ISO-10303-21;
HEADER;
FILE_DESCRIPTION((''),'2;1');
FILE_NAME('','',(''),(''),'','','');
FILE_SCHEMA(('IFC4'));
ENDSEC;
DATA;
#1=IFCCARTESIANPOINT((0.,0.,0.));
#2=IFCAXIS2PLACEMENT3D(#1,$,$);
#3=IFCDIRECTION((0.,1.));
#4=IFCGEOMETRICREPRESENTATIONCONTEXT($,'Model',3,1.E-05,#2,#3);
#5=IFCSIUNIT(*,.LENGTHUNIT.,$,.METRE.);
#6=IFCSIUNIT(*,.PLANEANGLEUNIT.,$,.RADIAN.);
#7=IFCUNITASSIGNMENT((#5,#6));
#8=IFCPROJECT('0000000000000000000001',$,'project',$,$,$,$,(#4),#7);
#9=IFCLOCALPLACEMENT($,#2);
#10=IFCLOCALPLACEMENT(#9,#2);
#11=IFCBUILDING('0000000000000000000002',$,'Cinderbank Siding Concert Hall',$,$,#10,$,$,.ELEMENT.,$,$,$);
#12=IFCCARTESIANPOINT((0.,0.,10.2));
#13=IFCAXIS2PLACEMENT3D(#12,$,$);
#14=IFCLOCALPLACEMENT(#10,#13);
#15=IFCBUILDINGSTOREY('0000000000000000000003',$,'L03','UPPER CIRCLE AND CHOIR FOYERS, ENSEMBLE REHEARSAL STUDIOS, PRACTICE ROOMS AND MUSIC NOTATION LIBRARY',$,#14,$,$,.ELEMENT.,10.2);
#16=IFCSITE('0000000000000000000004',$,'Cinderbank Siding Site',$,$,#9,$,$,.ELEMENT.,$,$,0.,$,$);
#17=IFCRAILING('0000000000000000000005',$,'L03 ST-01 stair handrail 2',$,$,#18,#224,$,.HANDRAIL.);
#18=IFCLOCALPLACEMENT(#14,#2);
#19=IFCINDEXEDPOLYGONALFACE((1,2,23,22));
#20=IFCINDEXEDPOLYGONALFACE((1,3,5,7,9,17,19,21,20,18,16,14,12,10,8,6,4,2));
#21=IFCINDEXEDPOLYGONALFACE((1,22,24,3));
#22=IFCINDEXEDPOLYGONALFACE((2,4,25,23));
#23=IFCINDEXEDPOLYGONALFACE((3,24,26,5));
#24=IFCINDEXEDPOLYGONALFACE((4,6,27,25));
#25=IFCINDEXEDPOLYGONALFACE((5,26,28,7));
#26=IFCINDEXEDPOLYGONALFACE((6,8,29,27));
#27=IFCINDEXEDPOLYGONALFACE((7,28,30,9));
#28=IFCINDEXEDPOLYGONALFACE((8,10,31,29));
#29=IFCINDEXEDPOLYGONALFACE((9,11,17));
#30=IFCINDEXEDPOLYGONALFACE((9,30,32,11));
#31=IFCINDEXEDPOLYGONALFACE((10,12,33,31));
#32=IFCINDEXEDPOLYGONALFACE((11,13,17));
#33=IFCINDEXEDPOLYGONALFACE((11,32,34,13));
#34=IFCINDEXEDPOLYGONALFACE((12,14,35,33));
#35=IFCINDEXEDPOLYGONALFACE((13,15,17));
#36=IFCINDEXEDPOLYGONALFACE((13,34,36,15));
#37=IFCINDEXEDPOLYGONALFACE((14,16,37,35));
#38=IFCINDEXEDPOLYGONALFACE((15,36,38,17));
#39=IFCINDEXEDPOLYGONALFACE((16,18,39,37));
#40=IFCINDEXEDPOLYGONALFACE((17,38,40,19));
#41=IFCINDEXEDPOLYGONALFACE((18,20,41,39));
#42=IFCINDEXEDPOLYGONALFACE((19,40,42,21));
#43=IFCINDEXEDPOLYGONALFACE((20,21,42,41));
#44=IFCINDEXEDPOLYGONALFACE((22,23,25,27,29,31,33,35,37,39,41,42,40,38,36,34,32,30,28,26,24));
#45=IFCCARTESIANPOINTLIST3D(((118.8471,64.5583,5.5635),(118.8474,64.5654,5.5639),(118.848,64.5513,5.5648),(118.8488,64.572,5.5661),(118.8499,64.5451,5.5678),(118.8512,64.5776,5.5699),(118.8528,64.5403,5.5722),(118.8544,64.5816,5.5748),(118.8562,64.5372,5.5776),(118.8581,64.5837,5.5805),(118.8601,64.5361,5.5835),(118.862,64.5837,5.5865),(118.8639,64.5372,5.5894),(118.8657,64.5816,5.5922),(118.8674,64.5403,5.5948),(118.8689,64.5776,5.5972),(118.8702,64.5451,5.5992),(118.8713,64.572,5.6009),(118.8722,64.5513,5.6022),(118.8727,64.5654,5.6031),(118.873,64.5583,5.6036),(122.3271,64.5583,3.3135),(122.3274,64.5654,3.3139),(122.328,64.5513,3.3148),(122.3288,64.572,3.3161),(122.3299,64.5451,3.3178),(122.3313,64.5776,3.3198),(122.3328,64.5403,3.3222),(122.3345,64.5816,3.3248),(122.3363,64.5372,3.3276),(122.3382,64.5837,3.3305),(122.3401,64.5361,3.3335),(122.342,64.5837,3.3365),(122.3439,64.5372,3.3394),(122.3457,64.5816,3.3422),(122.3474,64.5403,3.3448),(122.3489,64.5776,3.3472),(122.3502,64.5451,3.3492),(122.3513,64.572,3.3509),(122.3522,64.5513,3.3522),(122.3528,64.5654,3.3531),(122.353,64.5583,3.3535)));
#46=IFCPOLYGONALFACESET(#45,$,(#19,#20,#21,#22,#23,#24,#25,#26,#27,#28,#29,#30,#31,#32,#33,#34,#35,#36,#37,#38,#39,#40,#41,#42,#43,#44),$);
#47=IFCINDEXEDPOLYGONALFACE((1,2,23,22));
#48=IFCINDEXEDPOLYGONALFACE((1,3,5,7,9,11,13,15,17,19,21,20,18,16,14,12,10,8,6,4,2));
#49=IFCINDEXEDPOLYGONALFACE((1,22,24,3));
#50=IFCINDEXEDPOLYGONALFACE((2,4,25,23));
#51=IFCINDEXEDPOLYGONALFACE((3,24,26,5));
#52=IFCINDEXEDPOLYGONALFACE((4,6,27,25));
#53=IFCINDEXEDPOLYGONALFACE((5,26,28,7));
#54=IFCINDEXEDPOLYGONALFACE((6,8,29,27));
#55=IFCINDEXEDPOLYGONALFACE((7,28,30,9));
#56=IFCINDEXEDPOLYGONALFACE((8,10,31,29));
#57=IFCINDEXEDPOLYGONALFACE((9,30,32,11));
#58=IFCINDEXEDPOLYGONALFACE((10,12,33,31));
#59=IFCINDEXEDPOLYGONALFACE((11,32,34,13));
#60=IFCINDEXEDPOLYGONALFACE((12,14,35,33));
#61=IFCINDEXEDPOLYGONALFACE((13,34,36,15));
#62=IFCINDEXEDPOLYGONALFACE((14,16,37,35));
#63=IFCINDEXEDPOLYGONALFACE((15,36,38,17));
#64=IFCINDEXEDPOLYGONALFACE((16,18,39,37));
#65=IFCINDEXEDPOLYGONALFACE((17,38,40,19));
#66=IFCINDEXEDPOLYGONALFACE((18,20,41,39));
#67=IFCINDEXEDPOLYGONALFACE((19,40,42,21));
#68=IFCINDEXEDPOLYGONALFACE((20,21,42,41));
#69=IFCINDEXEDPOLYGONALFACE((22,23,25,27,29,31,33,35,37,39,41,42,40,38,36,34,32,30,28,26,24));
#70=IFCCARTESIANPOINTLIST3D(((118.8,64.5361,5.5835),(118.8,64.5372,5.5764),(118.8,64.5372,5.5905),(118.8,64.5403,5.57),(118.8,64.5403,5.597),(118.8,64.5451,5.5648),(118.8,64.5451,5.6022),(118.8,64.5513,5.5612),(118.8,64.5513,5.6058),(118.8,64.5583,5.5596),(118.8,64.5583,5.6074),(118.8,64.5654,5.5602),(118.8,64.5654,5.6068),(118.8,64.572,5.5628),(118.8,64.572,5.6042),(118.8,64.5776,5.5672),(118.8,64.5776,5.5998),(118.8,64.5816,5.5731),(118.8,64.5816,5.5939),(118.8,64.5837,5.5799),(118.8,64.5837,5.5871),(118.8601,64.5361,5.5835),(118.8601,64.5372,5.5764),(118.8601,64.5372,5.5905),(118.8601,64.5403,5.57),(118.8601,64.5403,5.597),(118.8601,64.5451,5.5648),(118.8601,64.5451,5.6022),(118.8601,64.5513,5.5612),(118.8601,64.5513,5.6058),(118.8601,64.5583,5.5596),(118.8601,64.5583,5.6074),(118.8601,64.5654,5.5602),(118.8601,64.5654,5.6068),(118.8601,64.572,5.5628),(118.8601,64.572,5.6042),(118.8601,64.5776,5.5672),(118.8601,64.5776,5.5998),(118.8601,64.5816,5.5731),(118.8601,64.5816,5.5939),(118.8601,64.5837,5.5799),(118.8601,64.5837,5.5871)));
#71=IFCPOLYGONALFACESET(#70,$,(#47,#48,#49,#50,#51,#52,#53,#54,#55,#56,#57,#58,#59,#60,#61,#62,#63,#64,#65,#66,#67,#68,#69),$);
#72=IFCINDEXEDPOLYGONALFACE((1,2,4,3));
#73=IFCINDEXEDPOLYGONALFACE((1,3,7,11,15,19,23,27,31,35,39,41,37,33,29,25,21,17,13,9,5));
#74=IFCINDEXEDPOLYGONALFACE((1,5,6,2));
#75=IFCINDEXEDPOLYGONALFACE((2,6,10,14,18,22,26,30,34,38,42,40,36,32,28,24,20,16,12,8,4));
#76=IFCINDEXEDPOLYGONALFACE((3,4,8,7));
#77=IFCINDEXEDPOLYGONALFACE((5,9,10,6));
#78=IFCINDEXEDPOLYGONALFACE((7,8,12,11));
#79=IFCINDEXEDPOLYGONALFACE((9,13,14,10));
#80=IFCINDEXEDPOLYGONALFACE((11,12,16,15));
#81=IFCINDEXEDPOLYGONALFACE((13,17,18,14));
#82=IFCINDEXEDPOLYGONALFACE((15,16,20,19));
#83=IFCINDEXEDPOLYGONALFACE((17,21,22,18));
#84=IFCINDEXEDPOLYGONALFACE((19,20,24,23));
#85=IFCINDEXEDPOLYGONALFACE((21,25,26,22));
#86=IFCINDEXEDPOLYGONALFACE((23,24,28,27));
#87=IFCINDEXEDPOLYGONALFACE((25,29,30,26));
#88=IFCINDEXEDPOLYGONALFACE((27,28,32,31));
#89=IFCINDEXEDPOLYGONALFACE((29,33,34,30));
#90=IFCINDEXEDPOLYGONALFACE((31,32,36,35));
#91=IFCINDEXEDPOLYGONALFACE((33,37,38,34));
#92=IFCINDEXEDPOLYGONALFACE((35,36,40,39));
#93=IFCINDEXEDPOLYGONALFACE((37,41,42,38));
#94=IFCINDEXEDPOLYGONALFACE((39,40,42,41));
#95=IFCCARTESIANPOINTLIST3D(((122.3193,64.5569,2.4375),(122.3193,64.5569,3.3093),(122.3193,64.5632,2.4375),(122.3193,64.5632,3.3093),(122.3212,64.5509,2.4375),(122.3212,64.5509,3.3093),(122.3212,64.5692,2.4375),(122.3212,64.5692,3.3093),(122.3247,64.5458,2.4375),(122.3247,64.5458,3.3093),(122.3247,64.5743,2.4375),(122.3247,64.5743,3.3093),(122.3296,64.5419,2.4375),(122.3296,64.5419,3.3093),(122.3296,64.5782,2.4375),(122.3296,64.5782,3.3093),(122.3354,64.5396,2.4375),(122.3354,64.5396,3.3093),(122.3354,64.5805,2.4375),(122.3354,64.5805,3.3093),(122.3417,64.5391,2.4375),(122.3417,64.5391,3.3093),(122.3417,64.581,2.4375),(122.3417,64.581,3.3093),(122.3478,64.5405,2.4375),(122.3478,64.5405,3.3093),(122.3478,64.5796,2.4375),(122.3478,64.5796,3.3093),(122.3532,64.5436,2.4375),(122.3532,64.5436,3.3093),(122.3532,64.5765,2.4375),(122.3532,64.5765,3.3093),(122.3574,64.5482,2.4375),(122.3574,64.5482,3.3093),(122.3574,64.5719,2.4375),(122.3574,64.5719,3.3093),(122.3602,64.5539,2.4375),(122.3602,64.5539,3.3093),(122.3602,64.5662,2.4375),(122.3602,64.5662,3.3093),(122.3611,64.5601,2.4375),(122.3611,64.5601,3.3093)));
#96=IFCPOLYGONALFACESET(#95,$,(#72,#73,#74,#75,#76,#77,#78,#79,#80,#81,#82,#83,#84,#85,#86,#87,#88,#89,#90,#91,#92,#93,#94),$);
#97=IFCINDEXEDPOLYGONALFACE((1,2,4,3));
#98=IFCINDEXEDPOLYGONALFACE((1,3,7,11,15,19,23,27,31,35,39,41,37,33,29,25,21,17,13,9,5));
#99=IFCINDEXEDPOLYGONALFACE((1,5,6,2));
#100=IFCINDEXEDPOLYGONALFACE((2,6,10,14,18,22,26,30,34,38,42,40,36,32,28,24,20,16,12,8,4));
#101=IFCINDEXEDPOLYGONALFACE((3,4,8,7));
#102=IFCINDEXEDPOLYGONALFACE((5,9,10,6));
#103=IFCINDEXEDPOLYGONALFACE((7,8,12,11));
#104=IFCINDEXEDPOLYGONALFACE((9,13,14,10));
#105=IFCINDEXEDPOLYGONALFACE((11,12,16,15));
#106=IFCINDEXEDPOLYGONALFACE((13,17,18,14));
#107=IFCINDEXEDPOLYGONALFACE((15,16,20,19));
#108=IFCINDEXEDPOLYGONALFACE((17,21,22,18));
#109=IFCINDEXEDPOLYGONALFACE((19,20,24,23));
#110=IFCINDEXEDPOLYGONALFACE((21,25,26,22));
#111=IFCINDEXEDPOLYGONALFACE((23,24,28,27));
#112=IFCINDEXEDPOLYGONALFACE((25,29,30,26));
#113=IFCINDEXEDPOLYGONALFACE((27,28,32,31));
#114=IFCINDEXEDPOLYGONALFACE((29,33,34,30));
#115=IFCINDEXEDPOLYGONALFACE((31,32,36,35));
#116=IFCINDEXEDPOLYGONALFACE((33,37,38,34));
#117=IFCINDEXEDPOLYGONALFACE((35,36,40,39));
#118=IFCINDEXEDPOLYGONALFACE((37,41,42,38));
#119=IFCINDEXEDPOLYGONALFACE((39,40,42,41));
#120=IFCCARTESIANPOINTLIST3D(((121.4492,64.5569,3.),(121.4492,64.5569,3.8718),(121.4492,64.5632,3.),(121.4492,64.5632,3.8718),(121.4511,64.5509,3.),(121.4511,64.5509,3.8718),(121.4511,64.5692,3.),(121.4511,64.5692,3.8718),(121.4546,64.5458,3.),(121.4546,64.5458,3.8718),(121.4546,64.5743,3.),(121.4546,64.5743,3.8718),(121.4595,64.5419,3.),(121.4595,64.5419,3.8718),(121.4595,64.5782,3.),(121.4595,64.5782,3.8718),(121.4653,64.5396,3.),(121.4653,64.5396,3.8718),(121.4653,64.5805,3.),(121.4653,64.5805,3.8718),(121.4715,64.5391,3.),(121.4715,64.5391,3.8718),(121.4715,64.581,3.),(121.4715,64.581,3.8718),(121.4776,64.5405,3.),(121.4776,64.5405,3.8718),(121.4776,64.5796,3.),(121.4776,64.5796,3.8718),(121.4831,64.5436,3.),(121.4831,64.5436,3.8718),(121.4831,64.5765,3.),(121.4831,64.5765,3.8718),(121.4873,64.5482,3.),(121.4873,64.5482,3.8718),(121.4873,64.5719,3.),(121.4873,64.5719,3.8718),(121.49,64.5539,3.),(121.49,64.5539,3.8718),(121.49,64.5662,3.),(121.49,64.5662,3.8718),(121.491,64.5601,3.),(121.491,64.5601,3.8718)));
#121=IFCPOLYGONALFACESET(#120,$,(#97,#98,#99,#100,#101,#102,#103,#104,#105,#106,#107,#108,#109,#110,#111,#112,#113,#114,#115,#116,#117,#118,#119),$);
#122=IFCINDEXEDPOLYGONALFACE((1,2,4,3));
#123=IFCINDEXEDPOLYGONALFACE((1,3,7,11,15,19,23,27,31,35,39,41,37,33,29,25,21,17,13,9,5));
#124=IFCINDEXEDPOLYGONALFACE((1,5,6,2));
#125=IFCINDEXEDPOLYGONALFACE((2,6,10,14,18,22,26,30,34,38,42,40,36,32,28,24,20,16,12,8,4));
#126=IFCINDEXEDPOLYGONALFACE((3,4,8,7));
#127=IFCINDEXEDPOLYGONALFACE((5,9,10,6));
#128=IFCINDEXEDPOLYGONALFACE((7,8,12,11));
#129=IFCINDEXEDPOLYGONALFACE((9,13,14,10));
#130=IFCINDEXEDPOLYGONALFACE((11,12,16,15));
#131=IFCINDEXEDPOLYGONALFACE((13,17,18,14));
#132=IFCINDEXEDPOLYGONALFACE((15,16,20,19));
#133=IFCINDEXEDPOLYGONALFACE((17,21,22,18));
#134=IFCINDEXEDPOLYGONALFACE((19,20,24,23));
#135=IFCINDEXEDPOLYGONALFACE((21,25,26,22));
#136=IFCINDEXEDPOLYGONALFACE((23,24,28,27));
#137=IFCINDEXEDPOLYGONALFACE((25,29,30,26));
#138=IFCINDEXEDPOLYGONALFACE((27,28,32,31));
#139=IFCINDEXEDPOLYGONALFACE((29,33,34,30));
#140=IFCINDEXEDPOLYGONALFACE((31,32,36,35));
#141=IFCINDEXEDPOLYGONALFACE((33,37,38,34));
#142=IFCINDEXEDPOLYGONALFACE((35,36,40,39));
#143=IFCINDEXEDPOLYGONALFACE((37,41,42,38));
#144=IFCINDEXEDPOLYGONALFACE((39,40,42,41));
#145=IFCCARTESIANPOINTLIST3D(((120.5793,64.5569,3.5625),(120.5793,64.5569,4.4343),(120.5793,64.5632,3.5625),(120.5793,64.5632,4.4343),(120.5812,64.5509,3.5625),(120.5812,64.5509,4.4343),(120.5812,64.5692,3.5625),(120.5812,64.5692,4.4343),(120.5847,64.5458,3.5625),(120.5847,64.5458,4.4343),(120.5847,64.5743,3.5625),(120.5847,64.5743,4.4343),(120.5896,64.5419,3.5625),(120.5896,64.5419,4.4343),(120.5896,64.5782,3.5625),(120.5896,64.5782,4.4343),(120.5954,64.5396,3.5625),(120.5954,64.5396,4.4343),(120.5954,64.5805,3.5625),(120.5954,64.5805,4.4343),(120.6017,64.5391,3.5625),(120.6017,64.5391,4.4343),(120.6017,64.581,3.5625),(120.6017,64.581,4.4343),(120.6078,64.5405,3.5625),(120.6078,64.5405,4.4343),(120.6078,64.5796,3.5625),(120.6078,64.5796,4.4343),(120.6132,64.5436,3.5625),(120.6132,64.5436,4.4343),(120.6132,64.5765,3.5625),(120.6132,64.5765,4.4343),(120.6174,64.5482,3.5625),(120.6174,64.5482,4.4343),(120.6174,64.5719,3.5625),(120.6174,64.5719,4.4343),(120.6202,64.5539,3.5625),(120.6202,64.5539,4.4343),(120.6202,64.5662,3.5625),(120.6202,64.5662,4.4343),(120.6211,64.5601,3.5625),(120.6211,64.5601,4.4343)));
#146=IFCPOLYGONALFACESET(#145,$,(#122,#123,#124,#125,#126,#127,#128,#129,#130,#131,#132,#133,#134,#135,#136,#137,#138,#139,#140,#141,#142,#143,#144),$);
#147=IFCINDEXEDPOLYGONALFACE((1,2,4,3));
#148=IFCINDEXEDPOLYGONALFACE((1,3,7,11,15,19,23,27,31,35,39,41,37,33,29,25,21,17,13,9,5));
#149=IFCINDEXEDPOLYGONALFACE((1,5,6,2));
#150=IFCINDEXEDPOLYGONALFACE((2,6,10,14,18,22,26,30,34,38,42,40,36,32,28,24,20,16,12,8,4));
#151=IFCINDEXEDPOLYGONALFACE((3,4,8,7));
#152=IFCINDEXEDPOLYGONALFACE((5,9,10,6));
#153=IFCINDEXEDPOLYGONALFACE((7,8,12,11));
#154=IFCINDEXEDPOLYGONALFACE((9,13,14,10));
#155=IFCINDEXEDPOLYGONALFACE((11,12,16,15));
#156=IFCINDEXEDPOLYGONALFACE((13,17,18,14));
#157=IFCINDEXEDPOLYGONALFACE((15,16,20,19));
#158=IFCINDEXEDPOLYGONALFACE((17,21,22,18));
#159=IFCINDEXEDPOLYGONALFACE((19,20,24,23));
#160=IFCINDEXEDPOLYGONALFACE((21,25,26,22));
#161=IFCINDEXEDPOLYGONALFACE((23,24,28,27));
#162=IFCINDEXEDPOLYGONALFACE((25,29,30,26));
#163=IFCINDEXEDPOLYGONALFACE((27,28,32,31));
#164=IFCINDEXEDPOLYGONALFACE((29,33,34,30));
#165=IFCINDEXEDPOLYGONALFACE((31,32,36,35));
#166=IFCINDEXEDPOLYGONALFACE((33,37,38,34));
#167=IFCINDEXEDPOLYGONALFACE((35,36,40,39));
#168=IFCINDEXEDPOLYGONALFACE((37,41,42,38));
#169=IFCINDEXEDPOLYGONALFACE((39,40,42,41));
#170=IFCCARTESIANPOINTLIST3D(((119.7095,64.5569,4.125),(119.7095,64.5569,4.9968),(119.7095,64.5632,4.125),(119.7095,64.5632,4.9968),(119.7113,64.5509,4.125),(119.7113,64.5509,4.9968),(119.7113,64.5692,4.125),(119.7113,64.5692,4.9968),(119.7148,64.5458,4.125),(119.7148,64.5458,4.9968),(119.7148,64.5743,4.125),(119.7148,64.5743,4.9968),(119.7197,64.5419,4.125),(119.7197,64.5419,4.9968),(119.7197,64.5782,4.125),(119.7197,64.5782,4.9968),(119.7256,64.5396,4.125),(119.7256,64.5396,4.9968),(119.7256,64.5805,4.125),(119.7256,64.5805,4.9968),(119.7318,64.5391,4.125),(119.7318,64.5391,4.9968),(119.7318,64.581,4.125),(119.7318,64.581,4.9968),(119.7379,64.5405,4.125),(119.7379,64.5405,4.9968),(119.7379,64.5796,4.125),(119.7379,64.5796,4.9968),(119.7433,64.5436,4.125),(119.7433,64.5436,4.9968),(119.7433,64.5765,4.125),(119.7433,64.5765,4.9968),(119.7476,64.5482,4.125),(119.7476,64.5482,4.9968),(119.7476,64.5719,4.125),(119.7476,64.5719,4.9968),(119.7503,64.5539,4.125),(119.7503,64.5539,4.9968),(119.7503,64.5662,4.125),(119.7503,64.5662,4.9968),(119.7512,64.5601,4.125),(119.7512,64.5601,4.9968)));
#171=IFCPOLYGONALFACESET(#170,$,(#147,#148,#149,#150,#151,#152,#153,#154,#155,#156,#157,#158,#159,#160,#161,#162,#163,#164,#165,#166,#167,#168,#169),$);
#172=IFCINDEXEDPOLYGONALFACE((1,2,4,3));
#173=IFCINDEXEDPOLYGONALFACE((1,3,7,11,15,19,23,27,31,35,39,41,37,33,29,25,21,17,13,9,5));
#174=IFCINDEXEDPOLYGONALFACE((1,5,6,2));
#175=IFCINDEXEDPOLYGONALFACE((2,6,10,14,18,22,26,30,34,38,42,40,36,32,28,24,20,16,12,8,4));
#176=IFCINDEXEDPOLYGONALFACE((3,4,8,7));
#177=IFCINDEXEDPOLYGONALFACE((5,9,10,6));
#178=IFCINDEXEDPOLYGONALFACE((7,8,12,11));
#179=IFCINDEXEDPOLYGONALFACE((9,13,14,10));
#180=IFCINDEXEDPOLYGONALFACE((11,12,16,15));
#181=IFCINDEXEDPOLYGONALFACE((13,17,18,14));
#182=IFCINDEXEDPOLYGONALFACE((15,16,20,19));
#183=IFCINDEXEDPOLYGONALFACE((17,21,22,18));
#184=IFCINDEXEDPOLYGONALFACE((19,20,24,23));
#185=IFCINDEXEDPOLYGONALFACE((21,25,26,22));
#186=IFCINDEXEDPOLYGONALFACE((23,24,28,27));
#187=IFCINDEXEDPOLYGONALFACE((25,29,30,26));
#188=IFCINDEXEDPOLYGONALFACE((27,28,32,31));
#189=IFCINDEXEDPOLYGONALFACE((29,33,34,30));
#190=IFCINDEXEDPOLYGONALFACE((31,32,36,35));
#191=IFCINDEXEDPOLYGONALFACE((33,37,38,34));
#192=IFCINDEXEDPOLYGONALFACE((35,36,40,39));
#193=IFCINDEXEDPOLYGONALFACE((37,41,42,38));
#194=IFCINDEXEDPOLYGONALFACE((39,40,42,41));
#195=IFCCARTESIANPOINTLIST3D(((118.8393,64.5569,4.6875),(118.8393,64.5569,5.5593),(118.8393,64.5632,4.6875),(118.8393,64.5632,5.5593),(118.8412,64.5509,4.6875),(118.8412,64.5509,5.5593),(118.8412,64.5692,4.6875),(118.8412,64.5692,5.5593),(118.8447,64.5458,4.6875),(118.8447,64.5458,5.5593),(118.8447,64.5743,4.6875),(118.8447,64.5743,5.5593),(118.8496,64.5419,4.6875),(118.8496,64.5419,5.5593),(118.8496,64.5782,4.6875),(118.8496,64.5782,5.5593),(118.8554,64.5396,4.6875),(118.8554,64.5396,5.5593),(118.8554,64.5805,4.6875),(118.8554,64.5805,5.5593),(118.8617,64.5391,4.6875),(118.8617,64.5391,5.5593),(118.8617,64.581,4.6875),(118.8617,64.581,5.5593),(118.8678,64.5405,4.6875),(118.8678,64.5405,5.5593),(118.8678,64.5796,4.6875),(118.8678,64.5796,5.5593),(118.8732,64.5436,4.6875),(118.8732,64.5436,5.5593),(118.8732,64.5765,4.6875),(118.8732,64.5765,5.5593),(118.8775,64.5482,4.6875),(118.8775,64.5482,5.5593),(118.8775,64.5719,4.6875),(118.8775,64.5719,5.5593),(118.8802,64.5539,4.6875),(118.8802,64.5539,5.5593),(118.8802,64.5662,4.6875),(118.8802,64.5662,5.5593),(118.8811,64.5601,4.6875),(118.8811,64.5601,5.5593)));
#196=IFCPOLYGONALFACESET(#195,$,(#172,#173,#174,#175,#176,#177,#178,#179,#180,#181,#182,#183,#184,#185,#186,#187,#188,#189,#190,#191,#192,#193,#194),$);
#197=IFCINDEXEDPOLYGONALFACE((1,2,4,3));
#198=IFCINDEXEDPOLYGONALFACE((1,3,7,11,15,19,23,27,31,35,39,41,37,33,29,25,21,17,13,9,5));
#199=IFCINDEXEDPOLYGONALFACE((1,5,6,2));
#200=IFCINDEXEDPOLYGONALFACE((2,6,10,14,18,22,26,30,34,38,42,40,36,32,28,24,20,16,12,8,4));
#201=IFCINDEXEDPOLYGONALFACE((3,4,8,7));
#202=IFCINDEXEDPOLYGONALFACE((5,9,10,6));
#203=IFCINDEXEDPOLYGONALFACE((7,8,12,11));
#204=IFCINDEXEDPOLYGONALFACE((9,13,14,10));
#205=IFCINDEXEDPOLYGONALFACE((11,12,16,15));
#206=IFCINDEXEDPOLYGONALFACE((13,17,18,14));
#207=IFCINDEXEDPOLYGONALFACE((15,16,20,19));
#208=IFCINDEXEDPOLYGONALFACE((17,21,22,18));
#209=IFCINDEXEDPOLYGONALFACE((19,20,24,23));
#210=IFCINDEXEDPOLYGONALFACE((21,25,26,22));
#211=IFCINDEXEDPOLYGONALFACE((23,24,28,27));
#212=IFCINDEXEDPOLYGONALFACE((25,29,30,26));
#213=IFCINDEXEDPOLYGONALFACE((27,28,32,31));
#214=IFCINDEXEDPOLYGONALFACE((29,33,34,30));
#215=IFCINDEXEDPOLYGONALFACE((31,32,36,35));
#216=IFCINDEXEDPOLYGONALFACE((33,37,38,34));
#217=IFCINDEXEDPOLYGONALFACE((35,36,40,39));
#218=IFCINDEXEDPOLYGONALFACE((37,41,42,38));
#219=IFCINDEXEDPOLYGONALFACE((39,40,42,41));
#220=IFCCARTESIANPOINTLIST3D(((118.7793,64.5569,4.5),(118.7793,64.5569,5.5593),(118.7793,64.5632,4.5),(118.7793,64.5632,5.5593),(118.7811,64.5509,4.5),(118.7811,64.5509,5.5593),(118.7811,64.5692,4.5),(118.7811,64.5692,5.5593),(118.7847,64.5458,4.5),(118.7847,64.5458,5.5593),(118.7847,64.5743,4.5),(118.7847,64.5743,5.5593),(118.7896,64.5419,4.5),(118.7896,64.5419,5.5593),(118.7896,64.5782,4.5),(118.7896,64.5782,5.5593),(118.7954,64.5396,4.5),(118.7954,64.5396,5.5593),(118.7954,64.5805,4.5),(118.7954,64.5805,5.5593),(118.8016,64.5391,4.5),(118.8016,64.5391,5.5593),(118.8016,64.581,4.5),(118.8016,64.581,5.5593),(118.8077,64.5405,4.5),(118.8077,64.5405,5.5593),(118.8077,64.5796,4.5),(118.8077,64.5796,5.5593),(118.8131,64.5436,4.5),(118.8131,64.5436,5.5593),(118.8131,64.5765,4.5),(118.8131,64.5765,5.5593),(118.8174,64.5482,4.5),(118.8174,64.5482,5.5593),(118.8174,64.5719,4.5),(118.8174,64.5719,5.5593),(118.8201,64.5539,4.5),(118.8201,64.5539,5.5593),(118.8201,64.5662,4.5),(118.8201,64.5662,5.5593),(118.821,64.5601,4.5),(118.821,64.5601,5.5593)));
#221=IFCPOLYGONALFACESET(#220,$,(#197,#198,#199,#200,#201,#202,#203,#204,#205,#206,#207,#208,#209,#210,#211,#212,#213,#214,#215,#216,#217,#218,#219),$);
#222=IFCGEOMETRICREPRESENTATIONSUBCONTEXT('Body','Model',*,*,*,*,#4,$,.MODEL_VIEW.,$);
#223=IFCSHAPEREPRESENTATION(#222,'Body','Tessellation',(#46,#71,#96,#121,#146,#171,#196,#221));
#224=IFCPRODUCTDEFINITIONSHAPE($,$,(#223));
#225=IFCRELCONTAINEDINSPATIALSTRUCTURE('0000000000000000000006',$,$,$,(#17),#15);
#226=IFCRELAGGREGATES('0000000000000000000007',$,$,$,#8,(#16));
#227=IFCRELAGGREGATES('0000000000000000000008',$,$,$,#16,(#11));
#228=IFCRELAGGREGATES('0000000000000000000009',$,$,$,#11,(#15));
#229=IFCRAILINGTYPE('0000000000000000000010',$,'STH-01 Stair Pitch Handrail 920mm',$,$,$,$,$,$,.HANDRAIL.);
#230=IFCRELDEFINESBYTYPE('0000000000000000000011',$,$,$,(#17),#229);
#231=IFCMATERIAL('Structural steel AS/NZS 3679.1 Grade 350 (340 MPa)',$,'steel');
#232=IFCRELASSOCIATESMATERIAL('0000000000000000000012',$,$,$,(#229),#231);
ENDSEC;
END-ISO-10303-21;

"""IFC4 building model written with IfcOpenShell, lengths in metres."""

from ifc_helpers import new_model, si_unit, direction, frame, origin, origin_2d, place, context, subcontext, project, spatial, circle, extrude, material, type_object, element, save


model = new_model("IFC4")

# Units and contexts
model_context = context("Model", 3, precision=1e-05, world=origin(), true_north=direction((0.0, 1.0)))
body_context = subcontext(model_context, "Body", "Model", "MODEL_VIEW")
ifc_project = project(units=[si_unit("LENGTHUNIT", "METRE"), si_unit("PLANEANGLEUNIT", "RADIAN")], contexts=[model_context])

# Site, building, storey
site_placement = place(None, origin())
site = spatial("IfcSite", under=ifc_project, at=site_placement, Name="Cinderbank Siding Site", CompositionType="ELEMENT", RefElevation=0.0)
building_placement = place(site_placement, origin())
building = spatial("IfcBuilding", under=site, at=building_placement, Name="Cinderbank Siding Concert Hall", CompositionType="ELEMENT")
storey_placement = place(building_placement, frame((0.0, 0.0, 10.2)))
storey = spatial("IfcBuildingStorey", under=building, at=storey_placement, Name="L03", Description="UPPER CIRCLE AND CHOIR FOYERS, ENSEMBLE REHEARSAL STUDIOS, PRACTICE ROOMS AND MUSIC NOTATION LIBRARY", CompositionType="ELEMENT", Elevation=10.2)

# Shared definitions
ifc_material_1 = material(Name="Structural steel AS/NZS 3679.1 Grade 350 (340 MPa)", Category="steel")

# Railing
railing_type_1 = type_object("IfcRailingType", Name="STH-01 Stair Pitch Handrail 920mm", PredefinedType="HANDRAIL", material=ifc_material_1)
railing_1_placement = place(storey_placement, frame((122.3401, 64.5601, 2.4375)))
element("IfcRailing", 1, at=railing_1_placement, inside=storey, type_object=railing_type_1, Name="L03 ST-01 stair handrail 2", PredefinedType="HANDRAIL", context=body_context, shape_type="SweptSolid", body=[
    extrude(circle(Radius=0.0239, at=origin_2d()), frame((0.0, 0.0, 0.896), z_axis=(-0.839763, 0.0, 0.542953), x_axis=(0.0, -1.0, 0.0)), (0.0, 0.0, 1.0), 4.144),
    extrude(circle(Radius=0.0239, at=origin_2d()), frame((-3.48, 0.0, 3.146), z_axis=(-1.0, 0.0, 0.0), x_axis=(0.0, -1.0, 0.0)), (0.0, 0.0, 1.0), 0.0601),
    extrude(circle(Radius=0.021, at=origin_2d()), origin(), (0.0, 0.0, 1.0), 0.8718),
    extrude(circle(Radius=0.021, at=origin_2d()), frame((-0.8701, 0.0, 0.5625)), (0.0, 0.0, 1.0), 0.8718),
    extrude(circle(Radius=0.021, at=origin_2d()), frame((-1.74, 0.0, 1.125)), (0.0, 0.0, 1.0), 0.8718),
    extrude(circle(Radius=0.021, at=origin_2d()), frame((-2.6099, 0.0, 1.6875)), (0.0, 0.0, 1.0), 0.8718),
    extrude(circle(Radius=0.021, at=origin_2d()), frame((-3.48, 0.0, 2.25)), (0.0, 0.0, 1.0), 0.8718),
    extrude(circle(Radius=0.021, at=origin_2d()), frame((-3.54, 0.0, 2.0625)), (0.0, 0.0, 1.0), 1.0593),
])

save(model, "model.ifc")
